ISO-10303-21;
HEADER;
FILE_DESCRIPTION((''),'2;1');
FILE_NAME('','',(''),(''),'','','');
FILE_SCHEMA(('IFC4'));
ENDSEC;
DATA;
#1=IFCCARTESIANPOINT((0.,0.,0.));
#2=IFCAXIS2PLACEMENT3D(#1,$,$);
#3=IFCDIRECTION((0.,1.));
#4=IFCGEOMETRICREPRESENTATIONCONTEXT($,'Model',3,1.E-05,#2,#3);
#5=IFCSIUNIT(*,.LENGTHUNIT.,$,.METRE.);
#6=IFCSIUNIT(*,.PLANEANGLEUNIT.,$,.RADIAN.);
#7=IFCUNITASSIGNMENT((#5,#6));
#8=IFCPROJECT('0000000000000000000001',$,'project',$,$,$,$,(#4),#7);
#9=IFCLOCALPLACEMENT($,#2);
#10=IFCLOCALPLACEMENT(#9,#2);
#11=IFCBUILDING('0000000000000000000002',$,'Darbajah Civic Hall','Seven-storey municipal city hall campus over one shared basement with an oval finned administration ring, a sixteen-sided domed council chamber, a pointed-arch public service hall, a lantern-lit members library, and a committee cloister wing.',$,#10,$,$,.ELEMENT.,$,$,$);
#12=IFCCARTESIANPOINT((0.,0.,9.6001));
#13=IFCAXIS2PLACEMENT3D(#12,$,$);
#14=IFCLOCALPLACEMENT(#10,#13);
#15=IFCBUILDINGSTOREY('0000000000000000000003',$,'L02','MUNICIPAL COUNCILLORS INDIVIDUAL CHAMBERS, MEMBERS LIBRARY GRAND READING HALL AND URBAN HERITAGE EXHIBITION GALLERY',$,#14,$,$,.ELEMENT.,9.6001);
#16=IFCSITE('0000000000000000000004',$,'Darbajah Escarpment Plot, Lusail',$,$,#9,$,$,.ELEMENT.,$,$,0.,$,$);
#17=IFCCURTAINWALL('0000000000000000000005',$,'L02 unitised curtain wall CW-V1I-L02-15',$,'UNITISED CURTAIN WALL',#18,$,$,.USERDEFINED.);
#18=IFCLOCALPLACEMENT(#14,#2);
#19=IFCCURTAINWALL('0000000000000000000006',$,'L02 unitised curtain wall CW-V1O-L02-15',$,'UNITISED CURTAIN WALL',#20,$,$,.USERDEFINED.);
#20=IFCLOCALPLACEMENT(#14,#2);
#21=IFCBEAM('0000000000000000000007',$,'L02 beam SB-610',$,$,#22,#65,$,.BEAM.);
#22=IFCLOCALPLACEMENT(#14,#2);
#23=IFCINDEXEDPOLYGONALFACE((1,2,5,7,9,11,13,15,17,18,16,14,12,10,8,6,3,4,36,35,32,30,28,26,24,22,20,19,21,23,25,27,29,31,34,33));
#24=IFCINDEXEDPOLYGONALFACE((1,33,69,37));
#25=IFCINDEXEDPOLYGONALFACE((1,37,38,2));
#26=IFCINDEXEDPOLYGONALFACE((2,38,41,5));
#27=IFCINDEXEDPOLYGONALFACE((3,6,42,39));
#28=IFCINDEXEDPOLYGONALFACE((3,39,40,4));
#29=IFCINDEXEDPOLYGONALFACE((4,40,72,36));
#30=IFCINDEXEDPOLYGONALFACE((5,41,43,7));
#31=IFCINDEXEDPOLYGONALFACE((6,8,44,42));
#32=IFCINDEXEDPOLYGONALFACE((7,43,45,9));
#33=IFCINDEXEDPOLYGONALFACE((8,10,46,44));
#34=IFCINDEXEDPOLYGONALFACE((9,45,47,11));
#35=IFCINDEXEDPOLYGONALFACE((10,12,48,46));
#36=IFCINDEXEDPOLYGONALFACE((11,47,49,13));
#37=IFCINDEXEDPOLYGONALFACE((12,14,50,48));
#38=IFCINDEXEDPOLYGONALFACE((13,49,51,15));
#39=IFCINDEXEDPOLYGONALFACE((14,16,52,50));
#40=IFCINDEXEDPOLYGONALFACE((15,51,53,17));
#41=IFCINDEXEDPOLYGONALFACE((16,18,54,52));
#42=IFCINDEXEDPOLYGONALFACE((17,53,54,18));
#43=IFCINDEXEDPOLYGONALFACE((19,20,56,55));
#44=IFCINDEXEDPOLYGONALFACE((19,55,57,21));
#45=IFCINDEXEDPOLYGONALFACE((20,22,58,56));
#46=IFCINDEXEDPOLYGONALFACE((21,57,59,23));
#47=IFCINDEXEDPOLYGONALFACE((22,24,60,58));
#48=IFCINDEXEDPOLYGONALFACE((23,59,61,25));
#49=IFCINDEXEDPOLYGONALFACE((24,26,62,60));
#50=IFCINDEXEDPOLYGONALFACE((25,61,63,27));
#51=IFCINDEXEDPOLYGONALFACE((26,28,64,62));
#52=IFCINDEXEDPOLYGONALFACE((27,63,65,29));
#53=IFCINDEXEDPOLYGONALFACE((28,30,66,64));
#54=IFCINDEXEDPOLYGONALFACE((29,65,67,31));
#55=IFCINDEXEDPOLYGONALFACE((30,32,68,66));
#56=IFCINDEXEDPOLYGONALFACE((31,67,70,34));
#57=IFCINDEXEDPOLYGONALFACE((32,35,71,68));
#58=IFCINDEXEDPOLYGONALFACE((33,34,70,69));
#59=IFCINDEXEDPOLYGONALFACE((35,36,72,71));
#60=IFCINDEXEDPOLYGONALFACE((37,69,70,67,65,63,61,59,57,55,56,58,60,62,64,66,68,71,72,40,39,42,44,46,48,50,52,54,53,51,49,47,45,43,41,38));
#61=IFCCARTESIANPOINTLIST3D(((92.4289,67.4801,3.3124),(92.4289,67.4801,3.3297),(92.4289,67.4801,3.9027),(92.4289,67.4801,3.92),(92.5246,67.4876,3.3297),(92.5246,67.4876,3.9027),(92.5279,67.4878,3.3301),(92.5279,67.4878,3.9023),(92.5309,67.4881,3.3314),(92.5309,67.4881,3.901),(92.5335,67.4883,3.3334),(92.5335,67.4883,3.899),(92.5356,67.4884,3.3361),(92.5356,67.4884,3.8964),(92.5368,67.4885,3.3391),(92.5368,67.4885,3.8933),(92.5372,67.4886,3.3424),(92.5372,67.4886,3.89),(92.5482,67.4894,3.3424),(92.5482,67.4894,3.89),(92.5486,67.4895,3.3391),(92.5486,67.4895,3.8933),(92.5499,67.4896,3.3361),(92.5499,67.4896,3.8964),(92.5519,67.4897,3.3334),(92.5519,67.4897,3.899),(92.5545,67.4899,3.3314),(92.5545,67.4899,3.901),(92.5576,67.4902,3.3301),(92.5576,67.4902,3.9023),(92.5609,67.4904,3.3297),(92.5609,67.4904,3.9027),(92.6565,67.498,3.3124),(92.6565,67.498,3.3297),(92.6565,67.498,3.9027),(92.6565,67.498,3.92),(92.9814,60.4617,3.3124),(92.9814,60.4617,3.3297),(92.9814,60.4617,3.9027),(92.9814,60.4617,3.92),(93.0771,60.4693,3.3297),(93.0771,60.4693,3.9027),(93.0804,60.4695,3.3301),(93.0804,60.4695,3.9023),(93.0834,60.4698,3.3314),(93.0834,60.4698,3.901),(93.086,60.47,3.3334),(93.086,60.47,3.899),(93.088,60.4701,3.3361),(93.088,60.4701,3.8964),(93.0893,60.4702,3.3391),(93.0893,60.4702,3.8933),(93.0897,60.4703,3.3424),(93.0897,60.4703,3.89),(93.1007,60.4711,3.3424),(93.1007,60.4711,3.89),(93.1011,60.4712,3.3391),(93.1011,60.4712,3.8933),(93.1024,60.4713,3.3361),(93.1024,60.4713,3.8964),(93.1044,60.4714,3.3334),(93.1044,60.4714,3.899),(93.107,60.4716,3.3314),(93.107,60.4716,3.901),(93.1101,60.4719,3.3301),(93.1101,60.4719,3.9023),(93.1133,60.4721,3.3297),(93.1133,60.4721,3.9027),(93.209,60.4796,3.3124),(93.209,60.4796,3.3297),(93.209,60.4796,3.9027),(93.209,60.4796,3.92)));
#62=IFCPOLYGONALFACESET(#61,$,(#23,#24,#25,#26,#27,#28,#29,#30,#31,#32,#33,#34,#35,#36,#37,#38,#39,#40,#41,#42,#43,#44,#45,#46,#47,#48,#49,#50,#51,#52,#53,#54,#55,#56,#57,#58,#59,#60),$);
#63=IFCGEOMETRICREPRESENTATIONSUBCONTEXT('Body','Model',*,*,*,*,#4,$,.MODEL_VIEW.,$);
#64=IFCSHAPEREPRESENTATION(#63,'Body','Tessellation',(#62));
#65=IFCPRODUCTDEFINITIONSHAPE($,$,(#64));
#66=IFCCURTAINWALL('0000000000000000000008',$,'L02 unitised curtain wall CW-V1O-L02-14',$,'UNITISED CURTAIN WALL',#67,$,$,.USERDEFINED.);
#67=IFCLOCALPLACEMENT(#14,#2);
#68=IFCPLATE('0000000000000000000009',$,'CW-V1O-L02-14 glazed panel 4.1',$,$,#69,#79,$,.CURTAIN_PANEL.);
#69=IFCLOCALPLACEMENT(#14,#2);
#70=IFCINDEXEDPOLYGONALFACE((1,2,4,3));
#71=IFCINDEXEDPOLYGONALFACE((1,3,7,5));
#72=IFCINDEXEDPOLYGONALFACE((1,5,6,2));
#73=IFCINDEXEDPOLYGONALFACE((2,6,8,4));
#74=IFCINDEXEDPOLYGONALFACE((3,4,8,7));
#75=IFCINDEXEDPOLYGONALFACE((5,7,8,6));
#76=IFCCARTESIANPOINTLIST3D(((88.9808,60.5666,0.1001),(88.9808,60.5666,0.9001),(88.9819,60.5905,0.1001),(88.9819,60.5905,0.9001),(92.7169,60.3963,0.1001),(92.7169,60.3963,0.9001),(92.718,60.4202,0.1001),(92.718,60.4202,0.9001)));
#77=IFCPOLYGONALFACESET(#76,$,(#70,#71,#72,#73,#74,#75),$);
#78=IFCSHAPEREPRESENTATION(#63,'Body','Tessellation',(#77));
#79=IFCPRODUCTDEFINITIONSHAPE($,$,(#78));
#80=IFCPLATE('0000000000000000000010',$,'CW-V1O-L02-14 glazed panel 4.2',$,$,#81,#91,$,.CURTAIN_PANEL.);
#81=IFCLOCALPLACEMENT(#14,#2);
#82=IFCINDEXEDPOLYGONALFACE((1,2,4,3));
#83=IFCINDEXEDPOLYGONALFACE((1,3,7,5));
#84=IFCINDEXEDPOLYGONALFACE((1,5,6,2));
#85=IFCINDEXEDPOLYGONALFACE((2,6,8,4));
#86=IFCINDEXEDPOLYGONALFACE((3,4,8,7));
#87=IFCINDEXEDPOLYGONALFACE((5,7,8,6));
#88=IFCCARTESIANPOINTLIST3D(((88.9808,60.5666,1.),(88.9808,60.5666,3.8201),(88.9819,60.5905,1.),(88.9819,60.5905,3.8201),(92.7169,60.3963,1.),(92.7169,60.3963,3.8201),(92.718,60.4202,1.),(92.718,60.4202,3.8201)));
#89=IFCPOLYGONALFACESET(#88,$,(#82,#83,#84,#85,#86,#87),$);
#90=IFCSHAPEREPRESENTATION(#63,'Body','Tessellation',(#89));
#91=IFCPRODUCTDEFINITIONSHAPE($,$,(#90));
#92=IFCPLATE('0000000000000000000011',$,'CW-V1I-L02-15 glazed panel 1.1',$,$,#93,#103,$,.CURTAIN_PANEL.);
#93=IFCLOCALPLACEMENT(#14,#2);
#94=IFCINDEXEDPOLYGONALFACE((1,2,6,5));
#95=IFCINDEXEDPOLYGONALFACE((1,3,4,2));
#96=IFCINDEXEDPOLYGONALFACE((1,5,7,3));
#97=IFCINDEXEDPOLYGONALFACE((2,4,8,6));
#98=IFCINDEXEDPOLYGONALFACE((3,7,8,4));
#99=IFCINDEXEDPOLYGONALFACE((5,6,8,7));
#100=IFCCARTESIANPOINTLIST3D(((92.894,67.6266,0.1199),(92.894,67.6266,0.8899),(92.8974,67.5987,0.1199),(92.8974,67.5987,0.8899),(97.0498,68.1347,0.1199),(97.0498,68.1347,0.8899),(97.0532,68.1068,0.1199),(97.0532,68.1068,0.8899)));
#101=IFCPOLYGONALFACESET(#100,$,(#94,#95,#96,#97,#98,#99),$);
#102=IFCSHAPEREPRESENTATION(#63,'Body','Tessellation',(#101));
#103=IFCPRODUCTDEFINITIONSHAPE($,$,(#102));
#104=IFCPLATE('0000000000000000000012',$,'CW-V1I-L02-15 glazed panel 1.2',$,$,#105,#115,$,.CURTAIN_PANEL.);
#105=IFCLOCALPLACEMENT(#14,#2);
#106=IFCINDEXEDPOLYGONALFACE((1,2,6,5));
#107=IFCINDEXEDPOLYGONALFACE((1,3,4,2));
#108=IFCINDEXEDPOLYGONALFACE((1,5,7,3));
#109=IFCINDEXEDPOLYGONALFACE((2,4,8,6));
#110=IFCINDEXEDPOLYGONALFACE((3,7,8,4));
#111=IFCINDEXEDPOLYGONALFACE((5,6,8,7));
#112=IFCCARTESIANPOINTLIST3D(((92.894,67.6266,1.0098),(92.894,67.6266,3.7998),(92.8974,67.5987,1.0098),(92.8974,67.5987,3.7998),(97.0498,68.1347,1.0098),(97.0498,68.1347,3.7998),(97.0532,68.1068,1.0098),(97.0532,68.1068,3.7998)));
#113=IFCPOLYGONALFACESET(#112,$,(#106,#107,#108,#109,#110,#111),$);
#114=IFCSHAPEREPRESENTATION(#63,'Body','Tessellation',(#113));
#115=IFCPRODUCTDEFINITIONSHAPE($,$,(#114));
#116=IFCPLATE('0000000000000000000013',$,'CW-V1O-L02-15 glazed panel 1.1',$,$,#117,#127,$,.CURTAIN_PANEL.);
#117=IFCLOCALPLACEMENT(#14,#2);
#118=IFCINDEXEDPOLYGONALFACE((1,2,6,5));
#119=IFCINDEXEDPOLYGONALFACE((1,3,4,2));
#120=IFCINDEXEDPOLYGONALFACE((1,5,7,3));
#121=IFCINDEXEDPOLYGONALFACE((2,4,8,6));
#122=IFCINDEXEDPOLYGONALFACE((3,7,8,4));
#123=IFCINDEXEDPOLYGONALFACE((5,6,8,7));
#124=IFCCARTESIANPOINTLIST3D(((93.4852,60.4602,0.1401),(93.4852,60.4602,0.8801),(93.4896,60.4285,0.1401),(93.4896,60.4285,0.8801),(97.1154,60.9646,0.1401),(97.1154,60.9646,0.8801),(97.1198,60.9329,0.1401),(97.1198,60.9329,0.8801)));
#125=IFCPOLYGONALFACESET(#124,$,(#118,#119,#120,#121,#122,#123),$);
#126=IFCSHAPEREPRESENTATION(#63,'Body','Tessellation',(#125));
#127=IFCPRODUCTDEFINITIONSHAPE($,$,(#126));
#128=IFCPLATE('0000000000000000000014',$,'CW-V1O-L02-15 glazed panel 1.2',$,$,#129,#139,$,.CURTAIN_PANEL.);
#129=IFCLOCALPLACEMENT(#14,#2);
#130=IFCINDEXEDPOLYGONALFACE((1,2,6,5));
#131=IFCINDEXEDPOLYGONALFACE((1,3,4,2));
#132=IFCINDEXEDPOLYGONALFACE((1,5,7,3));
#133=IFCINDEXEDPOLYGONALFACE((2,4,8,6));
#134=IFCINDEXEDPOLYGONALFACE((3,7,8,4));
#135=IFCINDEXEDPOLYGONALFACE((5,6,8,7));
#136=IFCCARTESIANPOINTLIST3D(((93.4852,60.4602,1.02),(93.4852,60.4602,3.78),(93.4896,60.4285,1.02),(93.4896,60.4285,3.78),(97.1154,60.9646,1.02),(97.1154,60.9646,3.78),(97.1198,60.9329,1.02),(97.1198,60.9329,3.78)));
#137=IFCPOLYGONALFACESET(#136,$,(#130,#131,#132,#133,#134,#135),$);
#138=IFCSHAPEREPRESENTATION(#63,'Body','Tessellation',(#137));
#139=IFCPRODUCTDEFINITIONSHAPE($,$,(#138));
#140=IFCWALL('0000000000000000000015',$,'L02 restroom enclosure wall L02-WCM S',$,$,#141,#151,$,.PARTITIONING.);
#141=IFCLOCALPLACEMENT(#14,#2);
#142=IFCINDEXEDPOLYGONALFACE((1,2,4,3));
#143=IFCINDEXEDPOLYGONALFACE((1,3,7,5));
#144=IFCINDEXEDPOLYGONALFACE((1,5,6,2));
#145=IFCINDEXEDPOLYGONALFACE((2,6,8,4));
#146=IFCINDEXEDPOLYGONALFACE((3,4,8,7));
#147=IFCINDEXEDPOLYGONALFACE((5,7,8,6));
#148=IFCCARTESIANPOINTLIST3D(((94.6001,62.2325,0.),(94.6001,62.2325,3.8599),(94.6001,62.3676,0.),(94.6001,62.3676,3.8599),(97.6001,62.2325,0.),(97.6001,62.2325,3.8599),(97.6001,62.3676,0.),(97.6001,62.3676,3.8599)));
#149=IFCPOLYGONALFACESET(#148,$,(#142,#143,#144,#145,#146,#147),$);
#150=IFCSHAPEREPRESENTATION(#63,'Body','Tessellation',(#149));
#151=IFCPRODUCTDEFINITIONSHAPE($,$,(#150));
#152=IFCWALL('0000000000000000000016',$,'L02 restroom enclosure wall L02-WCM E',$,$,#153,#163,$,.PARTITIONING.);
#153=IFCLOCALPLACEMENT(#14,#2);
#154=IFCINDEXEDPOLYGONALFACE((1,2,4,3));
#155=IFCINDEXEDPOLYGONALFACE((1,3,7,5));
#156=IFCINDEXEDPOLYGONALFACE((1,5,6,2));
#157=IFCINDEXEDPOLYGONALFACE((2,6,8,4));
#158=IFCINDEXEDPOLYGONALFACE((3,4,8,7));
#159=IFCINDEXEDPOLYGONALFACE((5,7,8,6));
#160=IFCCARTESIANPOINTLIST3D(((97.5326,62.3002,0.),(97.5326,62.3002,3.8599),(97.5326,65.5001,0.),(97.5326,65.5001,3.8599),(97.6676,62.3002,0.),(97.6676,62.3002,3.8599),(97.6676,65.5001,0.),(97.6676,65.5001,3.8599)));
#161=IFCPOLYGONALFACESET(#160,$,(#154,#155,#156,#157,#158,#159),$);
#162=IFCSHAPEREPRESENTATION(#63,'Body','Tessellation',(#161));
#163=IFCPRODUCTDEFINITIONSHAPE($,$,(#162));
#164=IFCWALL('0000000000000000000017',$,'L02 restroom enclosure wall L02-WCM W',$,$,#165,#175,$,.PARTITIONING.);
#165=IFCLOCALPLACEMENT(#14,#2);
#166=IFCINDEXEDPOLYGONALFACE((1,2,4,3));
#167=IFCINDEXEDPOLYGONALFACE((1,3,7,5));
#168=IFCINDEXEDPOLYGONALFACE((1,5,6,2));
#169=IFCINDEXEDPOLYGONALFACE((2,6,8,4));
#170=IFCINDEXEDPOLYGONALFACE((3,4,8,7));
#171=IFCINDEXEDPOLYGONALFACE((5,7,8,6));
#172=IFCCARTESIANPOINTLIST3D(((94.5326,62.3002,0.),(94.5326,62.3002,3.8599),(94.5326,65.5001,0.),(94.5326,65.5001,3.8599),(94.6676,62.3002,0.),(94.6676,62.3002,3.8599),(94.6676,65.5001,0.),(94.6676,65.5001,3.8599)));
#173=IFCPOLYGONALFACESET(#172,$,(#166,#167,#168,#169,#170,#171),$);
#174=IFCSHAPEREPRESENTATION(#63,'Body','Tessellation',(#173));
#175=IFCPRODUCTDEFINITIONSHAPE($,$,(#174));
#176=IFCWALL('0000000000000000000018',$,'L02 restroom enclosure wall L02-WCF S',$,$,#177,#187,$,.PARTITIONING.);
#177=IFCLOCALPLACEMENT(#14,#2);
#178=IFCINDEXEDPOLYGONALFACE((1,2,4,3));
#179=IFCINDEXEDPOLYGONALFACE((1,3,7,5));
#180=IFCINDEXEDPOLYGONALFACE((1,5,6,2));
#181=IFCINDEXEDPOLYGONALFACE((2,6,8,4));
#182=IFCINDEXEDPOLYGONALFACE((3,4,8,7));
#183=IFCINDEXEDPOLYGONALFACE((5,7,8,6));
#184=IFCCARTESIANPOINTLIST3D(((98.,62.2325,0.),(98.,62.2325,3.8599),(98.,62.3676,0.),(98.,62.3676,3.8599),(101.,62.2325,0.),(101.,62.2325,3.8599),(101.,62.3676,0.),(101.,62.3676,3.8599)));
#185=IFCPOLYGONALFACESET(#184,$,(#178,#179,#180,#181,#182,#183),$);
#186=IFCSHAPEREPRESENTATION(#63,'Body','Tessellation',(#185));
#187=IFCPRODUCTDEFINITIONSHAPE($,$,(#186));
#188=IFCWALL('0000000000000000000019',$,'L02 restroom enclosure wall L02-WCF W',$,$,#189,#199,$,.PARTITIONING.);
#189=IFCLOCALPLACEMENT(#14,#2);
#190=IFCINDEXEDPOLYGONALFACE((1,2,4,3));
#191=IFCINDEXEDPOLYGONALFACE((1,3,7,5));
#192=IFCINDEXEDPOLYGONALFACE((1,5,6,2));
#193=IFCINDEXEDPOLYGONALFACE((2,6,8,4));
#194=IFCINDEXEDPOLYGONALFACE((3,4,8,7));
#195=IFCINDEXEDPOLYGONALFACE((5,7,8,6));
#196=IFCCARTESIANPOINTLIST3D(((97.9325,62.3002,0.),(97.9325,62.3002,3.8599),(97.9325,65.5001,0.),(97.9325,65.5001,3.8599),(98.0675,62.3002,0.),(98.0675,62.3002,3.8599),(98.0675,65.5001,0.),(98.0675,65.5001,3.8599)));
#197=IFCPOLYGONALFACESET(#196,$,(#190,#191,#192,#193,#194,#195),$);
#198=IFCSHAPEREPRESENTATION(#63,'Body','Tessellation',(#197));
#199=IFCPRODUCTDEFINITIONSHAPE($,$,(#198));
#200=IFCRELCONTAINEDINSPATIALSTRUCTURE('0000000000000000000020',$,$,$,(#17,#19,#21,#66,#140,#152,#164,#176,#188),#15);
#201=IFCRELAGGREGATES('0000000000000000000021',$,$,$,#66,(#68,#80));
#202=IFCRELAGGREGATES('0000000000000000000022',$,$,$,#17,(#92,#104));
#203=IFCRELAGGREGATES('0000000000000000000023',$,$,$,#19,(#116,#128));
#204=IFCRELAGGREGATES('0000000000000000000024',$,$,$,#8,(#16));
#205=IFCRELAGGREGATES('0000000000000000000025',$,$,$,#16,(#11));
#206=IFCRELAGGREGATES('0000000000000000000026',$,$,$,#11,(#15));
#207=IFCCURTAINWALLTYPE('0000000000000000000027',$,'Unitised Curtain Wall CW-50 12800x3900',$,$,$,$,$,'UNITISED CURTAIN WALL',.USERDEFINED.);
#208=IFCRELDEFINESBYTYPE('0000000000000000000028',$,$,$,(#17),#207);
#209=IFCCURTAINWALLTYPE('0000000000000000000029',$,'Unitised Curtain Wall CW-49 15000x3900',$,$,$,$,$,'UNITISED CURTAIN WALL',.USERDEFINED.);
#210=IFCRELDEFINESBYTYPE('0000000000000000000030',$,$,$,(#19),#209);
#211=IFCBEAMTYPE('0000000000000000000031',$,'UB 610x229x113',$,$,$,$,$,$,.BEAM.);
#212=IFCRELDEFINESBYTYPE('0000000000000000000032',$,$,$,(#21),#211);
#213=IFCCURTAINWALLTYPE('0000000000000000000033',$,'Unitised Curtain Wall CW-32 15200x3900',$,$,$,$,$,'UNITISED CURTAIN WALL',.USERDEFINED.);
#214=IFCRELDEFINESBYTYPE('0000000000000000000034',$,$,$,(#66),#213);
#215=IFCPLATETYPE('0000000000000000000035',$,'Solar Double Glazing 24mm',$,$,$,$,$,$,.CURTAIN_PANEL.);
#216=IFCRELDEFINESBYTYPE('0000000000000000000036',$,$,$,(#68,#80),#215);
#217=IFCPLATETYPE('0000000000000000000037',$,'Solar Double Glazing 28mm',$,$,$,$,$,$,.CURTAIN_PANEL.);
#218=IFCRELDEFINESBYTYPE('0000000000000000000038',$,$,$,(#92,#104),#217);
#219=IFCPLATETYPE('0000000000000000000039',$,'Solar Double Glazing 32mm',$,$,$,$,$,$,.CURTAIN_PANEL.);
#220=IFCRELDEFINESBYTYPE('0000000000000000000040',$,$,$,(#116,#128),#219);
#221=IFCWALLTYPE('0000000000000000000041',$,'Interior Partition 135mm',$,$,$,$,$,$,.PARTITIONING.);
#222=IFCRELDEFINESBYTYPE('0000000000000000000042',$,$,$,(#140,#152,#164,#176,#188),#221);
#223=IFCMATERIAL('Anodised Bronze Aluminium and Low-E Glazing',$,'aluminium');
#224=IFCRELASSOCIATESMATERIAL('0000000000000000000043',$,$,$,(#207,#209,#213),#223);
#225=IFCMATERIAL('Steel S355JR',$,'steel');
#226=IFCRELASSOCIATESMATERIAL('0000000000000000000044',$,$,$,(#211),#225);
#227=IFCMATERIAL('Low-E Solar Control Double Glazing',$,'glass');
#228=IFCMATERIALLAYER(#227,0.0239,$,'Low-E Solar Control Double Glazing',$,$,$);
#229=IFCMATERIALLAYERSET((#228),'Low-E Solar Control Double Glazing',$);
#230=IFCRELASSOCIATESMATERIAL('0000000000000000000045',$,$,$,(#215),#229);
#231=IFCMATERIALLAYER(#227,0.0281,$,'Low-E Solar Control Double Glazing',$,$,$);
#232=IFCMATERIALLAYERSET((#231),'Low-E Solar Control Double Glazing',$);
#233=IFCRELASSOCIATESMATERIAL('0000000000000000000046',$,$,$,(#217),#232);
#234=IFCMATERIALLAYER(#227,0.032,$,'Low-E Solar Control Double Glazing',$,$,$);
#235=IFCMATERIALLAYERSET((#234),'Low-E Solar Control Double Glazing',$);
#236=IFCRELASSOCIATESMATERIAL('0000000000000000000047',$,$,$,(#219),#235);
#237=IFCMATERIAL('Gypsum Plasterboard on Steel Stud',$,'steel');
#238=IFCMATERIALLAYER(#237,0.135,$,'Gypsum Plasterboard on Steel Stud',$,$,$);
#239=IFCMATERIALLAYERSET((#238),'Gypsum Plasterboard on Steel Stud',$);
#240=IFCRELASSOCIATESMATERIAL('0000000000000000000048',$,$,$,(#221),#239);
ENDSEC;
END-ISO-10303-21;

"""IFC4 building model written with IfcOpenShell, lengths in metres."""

from ifc_helpers import new_model, si_unit, direction, frame, frame_2d, origin, origin_2d, place, context, subcontext, project, spatial, rectangle, i_section, extrude, material, layer, layer_set, material_profile, profile_set, type_object, element, aggregate, save


model = new_model("IFC4")

# Units and contexts
model_context = context("Model", 3, precision=1e-05, world=origin(), true_north=direction((0.0, 1.0)))
body_context = subcontext(model_context, "Body", "Model", "MODEL_VIEW")
ifc_project = project(units=[si_unit("LENGTHUNIT", "METRE"), si_unit("PLANEANGLEUNIT", "RADIAN")], contexts=[model_context])

# Site, building, storey
site_placement = place(None, origin())
site = spatial("IfcSite", under=ifc_project, at=site_placement, Name="Darbajah Escarpment Plot, Lusail", CompositionType="ELEMENT", RefElevation=0.0)
building_placement = place(site_placement, origin())
building = spatial("IfcBuilding", under=site, at=building_placement, Name="Darbajah Civic Hall", Description="Seven-storey municipal city hall campus over one shared basement with an oval finned administration ring, a sixteen-sided domed council chamber, a pointed-arch public service hall, a lantern-lit members library, and a committee cloister wing.", CompositionType="ELEMENT")
storey_placement = place(building_placement, frame((0.0, 0.0, 9.6001)))
storey = spatial("IfcBuildingStorey", under=building, at=storey_placement, Name="L02", Description="MUNICIPAL COUNCILLORS INDIVIDUAL CHAMBERS, MEMBERS LIBRARY GRAND READING HALL AND URBAN HERITAGE EXHIBITION GALLERY", CompositionType="ELEMENT", Elevation=9.6001)

# Curtain wall
ifc_material_1 = material(Name="Anodised Bronze Aluminium and Low-E Glazing", Category="aluminium")
curtain_wall_type_1 = type_object("IfcCurtainWallType", Name="Unitised Curtain Wall CW-50 12800x3900", ElementType="UNITISED CURTAIN WALL", PredefinedType="USERDEFINED", material=ifc_material_1)
curtain_wall_1_placement = place(storey_placement, origin())
curtain_wall_1 = element("IfcCurtainWall", 1, at=curtain_wall_1_placement, inside=storey, type_object=curtain_wall_type_1, Name="L02 unitised curtain wall CW-V1I-L02-15", ObjectType="UNITISED CURTAIN WALL", PredefinedType="USERDEFINED")

# Curtain wall
curtain_wall_type_2 = type_object("IfcCurtainWallType", Name="Unitised Curtain Wall CW-49 15000x3900", ElementType="UNITISED CURTAIN WALL", PredefinedType="USERDEFINED", material=ifc_material_1)
curtain_wall_2_placement = place(storey_placement, origin())
curtain_wall_2 = element("IfcCurtainWall", 2, at=curtain_wall_2_placement, inside=storey, type_object=curtain_wall_type_2, Name="L02 unitised curtain wall CW-V1O-L02-15", ObjectType="UNITISED CURTAIN WALL", PredefinedType="USERDEFINED")

# Beam
ifc_material_2 = material(Name="Steel S355JR", Category="steel")
ifc_material_profile_1 = material_profile(ifc_material_2, i_section(OverallWidth=0.2283, OverallDepth=0.6077, WebThickness=0.011, FlangeThickness=0.0173, FilletRadius=0.0127, at=origin_2d()), Name="UB 610x229x113")
ifc_profile_set_1 = profile_set([ifc_material_profile_1], Name="Steel S355JR")
beam_type_1 = type_object("IfcBeamType", Name="UB 610x229x113", PredefinedType="BEAM", material=ifc_profile_set_1)
beam_1_placement = place(storey_placement, frame((92.5427, 67.489, 3.6162), z_axis=(0.078478, -0.996916, 0.0), x_axis=(0.996916, 0.078478, 0.0)))
element("IfcBeam", 3, at=beam_1_placement, inside=storey, type_object=beam_type_1, Name="L02 beam SB-610", PredefinedType="BEAM", context=body_context, shape_type="SweptSolid", body=[
    extrude(i_section(OverallWidth=0.2283, OverallDepth=0.6077, WebThickness=0.011, FlangeThickness=0.0173, FilletRadius=0.0127, at=origin_2d()), origin(), (0.0, 0.0, 1.0), 7.04),
])

# Curtain wall, plates
curtain_wall_type_3 = type_object("IfcCurtainWallType", Name="Unitised Curtain Wall CW-32 15200x3900", ElementType="UNITISED CURTAIN WALL", PredefinedType="USERDEFINED", material=ifc_material_1)
curtain_wall_3_placement = place(storey_placement, origin())
curtain_wall_3 = element("IfcCurtainWall", 4, at=curtain_wall_3_placement, inside=storey, type_object=curtain_wall_type_3, Name="L02 unitised curtain wall CW-V1O-L02-14", ObjectType="UNITISED CURTAIN WALL", PredefinedType="USERDEFINED")
ifc_material_3 = material(Name="Low-E Solar Control Double Glazing", Category="glass")
ifc_layer_1 = layer(ifc_material_3, 0.0239, Name="Low-E Solar Control Double Glazing")
ifc_layer_set_1 = layer_set([ifc_layer_1], Name="Low-E Solar Control Double Glazing")
plate_type_1 = type_object("IfcPlateType", Name="Solar Double Glazing 24mm", PredefinedType="CURTAIN_PANEL", material=ifc_layer_set_1)
plate_1_placement = place(storey_placement, frame((90.8494, 60.4934, 0.1001), z_axis=(0.0, 0.0, 1.0), x_axis=(0.998963, -0.045537, 0.0)))
plate_1 = element("IfcPlate", 5, at=plate_1_placement, type_object=plate_type_1, Name="CW-V1O-L02-14 glazed panel 4.1", PredefinedType="CURTAIN_PANEL", context=body_context, shape_type="SweptSolid", body=[
    extrude(rectangle(XDim=3.74, YDim=0.0239, at=origin_2d()), origin(), (0.0, 0.0, 1.0), 0.8),
])
plate_2_placement = place(storey_placement, frame((90.8494, 60.4934, 1.0), z_axis=(0.0, 0.0, 1.0), x_axis=(0.998963, -0.045537, 0.0)))
plate_2 = element("IfcPlate", 6, at=plate_2_placement, type_object=plate_type_1, Name="CW-V1O-L02-14 glazed panel 4.2", PredefinedType="CURTAIN_PANEL", context=body_context, shape_type="SweptSolid", body=[
    extrude(rectangle(XDim=3.74, YDim=0.0239, at=origin_2d()), origin(), (0.0, 0.0, 1.0), 2.8201),
])
aggregate(curtain_wall_3, [plate_1, plate_2])

# Plates
ifc_layer_2 = layer(ifc_material_3, 0.0281, Name="Low-E Solar Control Double Glazing")
ifc_layer_set_2 = layer_set([ifc_layer_2], Name="Low-E Solar Control Double Glazing")
plate_type_2 = type_object("IfcPlateType", Name="Solar Double Glazing 28mm", PredefinedType="CURTAIN_PANEL", material=ifc_layer_set_2)
plate_3_placement = place(storey_placement, frame((94.9736, 67.8667, 0.1199), z_axis=(0.0, 0.0, 1.0), x_axis=(0.99261, 0.12135, 0.0)))
plate_3 = element("IfcPlate", 7, at=plate_3_placement, type_object=plate_type_2, Name="CW-V1I-L02-15 glazed panel 1.1", PredefinedType="CURTAIN_PANEL", context=body_context, shape_type="SweptSolid", body=[
    extrude(rectangle(XDim=4.1868, YDim=0.0281, at=origin_2d()), origin(), (0.0, 0.0, 1.0), 0.77),
])
plate_4_placement = place(storey_placement, frame((94.9736, 67.8667, 1.0098), z_axis=(0.0, 0.0, 1.0), x_axis=(0.99261, 0.12135, 0.0)))
plate_4 = element("IfcPlate", 8, at=plate_4_placement, type_object=plate_type_2, Name="CW-V1I-L02-15 glazed panel 1.2", PredefinedType="CURTAIN_PANEL", context=body_context, shape_type="SweptSolid", body=[
    extrude(rectangle(XDim=4.1868, YDim=0.0281, at=origin_2d()), origin(), (0.0, 0.0, 1.0), 2.79),
])
aggregate(curtain_wall_1, [plate_3, plate_4])
ifc_layer_3 = layer(ifc_material_3, 0.032, Name="Low-E Solar Control Double Glazing")
ifc_layer_set_3 = layer_set([ifc_layer_3], Name="Low-E Solar Control Double Glazing")
plate_type_3 = type_object("IfcPlateType", Name="Solar Double Glazing 32mm", PredefinedType="CURTAIN_PANEL", material=ifc_layer_set_3)
plate_5_placement = place(storey_placement, frame((95.3025, 60.6965, 0.1401), z_axis=(0.0, 0.0, 1.0), x_axis=(0.990485, 0.137617, 0.0)))
plate_5 = element("IfcPlate", 9, at=plate_5_placement, type_object=plate_type_3, Name="CW-V1O-L02-15 glazed panel 1.1", PredefinedType="CURTAIN_PANEL", context=body_context, shape_type="SweptSolid", body=[
    extrude(rectangle(XDim=3.665, YDim=0.032, at=origin_2d()), origin(), (0.0, 0.0, 1.0), 0.74),
])
plate_6_placement = place(storey_placement, frame((95.3025, 60.6965, 1.02), z_axis=(0.0, 0.0, 1.0), x_axis=(0.990485, 0.137617, 0.0)))
plate_6 = element("IfcPlate", 10, at=plate_6_placement, type_object=plate_type_3, Name="CW-V1O-L02-15 glazed panel 1.2", PredefinedType="CURTAIN_PANEL", context=body_context, shape_type="SweptSolid", body=[
    extrude(rectangle(XDim=3.665, YDim=0.032, at=origin_2d()), origin(), (0.0, 0.0, 1.0), 2.76),
])
aggregate(curtain_wall_2, [plate_5, plate_6])

# Walls
ifc_material_4 = material(Name="Gypsum Plasterboard on Steel Stud", Category="steel")
ifc_layer_4 = layer(ifc_material_4, 0.135, Name="Gypsum Plasterboard on Steel Stud")
ifc_layer_set_4 = layer_set([ifc_layer_4], Name="Gypsum Plasterboard on Steel Stud")
wall_type_1 = type_object("IfcWallType", Name="Interior Partition 135mm", PredefinedType="PARTITIONING", material=ifc_layer_set_4)
wall_1_placement = place(storey_placement, frame((94.6001, 62.3, 0.0), z_axis=(0.0, 0.0, 1.0), x_axis=(1.0, 0.0, 0.0)))
element("IfcWall", 11, at=wall_1_placement, inside=storey, type_object=wall_type_1, Name="L02 restroom enclosure wall L02-WCM S", PredefinedType="PARTITIONING", context=body_context, shape_type="SweptSolid", body=[
    extrude(rectangle(XDim=3.0, YDim=0.135, at=frame_2d((1.5, 0.0))), origin(), (0.0, 0.0, 1.0), 3.8599),
])
for number, where, z_axis, x_axis, name in (
    (12, (97.6001, 62.3, 0.0), (0.0, 0.0, 1.0), (0.0, 1.0, 0.0), "L02 restroom enclosure wall L02-WCM E"),
    (13, (94.6001, 62.3, 0.0), (0.0, 0.0, 1.0), (0.0, 1.0, 0.0), "L02 restroom enclosure wall L02-WCM W"),
):
    element("IfcWall", number, at=place(storey_placement, frame(where, z_axis=z_axis, x_axis=x_axis)), inside=storey, type_object=wall_type_1, Name=name, PredefinedType="PARTITIONING", context=body_context, shape_type="SweptSolid", body=[
        extrude(rectangle(XDim=3.2, YDim=0.135, at=frame_2d((1.6001, 0.0))), origin(), (0.0, 0.0, 1.0), 3.8599),
    ])
wall_2_placement = place(storey_placement, frame((98.0, 62.3, 0.0), z_axis=(0.0, 0.0, 1.0), x_axis=(1.0, 0.0, 0.0)))
element("IfcWall", 14, at=wall_2_placement, inside=storey, type_object=wall_type_1, Name="L02 restroom enclosure wall L02-WCF S", PredefinedType="PARTITIONING", context=body_context, shape_type="SweptSolid", body=[
    extrude(rectangle(XDim=3.0, YDim=0.135, at=frame_2d((1.5, 0.0))), origin(), (0.0, 0.0, 1.0), 3.8599),
])
wall_3_placement = place(storey_placement, frame((98.0, 62.3, 0.0), z_axis=(0.0, 0.0, 1.0), x_axis=(0.0, 1.0, 0.0)))
element("IfcWall", 15, at=wall_3_placement, inside=storey, type_object=wall_type_1, Name="L02 restroom enclosure wall L02-WCF W", PredefinedType="PARTITIONING", context=body_context, shape_type="SweptSolid", body=[
    extrude(rectangle(XDim=3.2, YDim=0.135, at=frame_2d((1.6001, 0.0))), origin(), (0.0, 0.0, 1.0), 3.8599),
])

save(model, "model.ifc")
